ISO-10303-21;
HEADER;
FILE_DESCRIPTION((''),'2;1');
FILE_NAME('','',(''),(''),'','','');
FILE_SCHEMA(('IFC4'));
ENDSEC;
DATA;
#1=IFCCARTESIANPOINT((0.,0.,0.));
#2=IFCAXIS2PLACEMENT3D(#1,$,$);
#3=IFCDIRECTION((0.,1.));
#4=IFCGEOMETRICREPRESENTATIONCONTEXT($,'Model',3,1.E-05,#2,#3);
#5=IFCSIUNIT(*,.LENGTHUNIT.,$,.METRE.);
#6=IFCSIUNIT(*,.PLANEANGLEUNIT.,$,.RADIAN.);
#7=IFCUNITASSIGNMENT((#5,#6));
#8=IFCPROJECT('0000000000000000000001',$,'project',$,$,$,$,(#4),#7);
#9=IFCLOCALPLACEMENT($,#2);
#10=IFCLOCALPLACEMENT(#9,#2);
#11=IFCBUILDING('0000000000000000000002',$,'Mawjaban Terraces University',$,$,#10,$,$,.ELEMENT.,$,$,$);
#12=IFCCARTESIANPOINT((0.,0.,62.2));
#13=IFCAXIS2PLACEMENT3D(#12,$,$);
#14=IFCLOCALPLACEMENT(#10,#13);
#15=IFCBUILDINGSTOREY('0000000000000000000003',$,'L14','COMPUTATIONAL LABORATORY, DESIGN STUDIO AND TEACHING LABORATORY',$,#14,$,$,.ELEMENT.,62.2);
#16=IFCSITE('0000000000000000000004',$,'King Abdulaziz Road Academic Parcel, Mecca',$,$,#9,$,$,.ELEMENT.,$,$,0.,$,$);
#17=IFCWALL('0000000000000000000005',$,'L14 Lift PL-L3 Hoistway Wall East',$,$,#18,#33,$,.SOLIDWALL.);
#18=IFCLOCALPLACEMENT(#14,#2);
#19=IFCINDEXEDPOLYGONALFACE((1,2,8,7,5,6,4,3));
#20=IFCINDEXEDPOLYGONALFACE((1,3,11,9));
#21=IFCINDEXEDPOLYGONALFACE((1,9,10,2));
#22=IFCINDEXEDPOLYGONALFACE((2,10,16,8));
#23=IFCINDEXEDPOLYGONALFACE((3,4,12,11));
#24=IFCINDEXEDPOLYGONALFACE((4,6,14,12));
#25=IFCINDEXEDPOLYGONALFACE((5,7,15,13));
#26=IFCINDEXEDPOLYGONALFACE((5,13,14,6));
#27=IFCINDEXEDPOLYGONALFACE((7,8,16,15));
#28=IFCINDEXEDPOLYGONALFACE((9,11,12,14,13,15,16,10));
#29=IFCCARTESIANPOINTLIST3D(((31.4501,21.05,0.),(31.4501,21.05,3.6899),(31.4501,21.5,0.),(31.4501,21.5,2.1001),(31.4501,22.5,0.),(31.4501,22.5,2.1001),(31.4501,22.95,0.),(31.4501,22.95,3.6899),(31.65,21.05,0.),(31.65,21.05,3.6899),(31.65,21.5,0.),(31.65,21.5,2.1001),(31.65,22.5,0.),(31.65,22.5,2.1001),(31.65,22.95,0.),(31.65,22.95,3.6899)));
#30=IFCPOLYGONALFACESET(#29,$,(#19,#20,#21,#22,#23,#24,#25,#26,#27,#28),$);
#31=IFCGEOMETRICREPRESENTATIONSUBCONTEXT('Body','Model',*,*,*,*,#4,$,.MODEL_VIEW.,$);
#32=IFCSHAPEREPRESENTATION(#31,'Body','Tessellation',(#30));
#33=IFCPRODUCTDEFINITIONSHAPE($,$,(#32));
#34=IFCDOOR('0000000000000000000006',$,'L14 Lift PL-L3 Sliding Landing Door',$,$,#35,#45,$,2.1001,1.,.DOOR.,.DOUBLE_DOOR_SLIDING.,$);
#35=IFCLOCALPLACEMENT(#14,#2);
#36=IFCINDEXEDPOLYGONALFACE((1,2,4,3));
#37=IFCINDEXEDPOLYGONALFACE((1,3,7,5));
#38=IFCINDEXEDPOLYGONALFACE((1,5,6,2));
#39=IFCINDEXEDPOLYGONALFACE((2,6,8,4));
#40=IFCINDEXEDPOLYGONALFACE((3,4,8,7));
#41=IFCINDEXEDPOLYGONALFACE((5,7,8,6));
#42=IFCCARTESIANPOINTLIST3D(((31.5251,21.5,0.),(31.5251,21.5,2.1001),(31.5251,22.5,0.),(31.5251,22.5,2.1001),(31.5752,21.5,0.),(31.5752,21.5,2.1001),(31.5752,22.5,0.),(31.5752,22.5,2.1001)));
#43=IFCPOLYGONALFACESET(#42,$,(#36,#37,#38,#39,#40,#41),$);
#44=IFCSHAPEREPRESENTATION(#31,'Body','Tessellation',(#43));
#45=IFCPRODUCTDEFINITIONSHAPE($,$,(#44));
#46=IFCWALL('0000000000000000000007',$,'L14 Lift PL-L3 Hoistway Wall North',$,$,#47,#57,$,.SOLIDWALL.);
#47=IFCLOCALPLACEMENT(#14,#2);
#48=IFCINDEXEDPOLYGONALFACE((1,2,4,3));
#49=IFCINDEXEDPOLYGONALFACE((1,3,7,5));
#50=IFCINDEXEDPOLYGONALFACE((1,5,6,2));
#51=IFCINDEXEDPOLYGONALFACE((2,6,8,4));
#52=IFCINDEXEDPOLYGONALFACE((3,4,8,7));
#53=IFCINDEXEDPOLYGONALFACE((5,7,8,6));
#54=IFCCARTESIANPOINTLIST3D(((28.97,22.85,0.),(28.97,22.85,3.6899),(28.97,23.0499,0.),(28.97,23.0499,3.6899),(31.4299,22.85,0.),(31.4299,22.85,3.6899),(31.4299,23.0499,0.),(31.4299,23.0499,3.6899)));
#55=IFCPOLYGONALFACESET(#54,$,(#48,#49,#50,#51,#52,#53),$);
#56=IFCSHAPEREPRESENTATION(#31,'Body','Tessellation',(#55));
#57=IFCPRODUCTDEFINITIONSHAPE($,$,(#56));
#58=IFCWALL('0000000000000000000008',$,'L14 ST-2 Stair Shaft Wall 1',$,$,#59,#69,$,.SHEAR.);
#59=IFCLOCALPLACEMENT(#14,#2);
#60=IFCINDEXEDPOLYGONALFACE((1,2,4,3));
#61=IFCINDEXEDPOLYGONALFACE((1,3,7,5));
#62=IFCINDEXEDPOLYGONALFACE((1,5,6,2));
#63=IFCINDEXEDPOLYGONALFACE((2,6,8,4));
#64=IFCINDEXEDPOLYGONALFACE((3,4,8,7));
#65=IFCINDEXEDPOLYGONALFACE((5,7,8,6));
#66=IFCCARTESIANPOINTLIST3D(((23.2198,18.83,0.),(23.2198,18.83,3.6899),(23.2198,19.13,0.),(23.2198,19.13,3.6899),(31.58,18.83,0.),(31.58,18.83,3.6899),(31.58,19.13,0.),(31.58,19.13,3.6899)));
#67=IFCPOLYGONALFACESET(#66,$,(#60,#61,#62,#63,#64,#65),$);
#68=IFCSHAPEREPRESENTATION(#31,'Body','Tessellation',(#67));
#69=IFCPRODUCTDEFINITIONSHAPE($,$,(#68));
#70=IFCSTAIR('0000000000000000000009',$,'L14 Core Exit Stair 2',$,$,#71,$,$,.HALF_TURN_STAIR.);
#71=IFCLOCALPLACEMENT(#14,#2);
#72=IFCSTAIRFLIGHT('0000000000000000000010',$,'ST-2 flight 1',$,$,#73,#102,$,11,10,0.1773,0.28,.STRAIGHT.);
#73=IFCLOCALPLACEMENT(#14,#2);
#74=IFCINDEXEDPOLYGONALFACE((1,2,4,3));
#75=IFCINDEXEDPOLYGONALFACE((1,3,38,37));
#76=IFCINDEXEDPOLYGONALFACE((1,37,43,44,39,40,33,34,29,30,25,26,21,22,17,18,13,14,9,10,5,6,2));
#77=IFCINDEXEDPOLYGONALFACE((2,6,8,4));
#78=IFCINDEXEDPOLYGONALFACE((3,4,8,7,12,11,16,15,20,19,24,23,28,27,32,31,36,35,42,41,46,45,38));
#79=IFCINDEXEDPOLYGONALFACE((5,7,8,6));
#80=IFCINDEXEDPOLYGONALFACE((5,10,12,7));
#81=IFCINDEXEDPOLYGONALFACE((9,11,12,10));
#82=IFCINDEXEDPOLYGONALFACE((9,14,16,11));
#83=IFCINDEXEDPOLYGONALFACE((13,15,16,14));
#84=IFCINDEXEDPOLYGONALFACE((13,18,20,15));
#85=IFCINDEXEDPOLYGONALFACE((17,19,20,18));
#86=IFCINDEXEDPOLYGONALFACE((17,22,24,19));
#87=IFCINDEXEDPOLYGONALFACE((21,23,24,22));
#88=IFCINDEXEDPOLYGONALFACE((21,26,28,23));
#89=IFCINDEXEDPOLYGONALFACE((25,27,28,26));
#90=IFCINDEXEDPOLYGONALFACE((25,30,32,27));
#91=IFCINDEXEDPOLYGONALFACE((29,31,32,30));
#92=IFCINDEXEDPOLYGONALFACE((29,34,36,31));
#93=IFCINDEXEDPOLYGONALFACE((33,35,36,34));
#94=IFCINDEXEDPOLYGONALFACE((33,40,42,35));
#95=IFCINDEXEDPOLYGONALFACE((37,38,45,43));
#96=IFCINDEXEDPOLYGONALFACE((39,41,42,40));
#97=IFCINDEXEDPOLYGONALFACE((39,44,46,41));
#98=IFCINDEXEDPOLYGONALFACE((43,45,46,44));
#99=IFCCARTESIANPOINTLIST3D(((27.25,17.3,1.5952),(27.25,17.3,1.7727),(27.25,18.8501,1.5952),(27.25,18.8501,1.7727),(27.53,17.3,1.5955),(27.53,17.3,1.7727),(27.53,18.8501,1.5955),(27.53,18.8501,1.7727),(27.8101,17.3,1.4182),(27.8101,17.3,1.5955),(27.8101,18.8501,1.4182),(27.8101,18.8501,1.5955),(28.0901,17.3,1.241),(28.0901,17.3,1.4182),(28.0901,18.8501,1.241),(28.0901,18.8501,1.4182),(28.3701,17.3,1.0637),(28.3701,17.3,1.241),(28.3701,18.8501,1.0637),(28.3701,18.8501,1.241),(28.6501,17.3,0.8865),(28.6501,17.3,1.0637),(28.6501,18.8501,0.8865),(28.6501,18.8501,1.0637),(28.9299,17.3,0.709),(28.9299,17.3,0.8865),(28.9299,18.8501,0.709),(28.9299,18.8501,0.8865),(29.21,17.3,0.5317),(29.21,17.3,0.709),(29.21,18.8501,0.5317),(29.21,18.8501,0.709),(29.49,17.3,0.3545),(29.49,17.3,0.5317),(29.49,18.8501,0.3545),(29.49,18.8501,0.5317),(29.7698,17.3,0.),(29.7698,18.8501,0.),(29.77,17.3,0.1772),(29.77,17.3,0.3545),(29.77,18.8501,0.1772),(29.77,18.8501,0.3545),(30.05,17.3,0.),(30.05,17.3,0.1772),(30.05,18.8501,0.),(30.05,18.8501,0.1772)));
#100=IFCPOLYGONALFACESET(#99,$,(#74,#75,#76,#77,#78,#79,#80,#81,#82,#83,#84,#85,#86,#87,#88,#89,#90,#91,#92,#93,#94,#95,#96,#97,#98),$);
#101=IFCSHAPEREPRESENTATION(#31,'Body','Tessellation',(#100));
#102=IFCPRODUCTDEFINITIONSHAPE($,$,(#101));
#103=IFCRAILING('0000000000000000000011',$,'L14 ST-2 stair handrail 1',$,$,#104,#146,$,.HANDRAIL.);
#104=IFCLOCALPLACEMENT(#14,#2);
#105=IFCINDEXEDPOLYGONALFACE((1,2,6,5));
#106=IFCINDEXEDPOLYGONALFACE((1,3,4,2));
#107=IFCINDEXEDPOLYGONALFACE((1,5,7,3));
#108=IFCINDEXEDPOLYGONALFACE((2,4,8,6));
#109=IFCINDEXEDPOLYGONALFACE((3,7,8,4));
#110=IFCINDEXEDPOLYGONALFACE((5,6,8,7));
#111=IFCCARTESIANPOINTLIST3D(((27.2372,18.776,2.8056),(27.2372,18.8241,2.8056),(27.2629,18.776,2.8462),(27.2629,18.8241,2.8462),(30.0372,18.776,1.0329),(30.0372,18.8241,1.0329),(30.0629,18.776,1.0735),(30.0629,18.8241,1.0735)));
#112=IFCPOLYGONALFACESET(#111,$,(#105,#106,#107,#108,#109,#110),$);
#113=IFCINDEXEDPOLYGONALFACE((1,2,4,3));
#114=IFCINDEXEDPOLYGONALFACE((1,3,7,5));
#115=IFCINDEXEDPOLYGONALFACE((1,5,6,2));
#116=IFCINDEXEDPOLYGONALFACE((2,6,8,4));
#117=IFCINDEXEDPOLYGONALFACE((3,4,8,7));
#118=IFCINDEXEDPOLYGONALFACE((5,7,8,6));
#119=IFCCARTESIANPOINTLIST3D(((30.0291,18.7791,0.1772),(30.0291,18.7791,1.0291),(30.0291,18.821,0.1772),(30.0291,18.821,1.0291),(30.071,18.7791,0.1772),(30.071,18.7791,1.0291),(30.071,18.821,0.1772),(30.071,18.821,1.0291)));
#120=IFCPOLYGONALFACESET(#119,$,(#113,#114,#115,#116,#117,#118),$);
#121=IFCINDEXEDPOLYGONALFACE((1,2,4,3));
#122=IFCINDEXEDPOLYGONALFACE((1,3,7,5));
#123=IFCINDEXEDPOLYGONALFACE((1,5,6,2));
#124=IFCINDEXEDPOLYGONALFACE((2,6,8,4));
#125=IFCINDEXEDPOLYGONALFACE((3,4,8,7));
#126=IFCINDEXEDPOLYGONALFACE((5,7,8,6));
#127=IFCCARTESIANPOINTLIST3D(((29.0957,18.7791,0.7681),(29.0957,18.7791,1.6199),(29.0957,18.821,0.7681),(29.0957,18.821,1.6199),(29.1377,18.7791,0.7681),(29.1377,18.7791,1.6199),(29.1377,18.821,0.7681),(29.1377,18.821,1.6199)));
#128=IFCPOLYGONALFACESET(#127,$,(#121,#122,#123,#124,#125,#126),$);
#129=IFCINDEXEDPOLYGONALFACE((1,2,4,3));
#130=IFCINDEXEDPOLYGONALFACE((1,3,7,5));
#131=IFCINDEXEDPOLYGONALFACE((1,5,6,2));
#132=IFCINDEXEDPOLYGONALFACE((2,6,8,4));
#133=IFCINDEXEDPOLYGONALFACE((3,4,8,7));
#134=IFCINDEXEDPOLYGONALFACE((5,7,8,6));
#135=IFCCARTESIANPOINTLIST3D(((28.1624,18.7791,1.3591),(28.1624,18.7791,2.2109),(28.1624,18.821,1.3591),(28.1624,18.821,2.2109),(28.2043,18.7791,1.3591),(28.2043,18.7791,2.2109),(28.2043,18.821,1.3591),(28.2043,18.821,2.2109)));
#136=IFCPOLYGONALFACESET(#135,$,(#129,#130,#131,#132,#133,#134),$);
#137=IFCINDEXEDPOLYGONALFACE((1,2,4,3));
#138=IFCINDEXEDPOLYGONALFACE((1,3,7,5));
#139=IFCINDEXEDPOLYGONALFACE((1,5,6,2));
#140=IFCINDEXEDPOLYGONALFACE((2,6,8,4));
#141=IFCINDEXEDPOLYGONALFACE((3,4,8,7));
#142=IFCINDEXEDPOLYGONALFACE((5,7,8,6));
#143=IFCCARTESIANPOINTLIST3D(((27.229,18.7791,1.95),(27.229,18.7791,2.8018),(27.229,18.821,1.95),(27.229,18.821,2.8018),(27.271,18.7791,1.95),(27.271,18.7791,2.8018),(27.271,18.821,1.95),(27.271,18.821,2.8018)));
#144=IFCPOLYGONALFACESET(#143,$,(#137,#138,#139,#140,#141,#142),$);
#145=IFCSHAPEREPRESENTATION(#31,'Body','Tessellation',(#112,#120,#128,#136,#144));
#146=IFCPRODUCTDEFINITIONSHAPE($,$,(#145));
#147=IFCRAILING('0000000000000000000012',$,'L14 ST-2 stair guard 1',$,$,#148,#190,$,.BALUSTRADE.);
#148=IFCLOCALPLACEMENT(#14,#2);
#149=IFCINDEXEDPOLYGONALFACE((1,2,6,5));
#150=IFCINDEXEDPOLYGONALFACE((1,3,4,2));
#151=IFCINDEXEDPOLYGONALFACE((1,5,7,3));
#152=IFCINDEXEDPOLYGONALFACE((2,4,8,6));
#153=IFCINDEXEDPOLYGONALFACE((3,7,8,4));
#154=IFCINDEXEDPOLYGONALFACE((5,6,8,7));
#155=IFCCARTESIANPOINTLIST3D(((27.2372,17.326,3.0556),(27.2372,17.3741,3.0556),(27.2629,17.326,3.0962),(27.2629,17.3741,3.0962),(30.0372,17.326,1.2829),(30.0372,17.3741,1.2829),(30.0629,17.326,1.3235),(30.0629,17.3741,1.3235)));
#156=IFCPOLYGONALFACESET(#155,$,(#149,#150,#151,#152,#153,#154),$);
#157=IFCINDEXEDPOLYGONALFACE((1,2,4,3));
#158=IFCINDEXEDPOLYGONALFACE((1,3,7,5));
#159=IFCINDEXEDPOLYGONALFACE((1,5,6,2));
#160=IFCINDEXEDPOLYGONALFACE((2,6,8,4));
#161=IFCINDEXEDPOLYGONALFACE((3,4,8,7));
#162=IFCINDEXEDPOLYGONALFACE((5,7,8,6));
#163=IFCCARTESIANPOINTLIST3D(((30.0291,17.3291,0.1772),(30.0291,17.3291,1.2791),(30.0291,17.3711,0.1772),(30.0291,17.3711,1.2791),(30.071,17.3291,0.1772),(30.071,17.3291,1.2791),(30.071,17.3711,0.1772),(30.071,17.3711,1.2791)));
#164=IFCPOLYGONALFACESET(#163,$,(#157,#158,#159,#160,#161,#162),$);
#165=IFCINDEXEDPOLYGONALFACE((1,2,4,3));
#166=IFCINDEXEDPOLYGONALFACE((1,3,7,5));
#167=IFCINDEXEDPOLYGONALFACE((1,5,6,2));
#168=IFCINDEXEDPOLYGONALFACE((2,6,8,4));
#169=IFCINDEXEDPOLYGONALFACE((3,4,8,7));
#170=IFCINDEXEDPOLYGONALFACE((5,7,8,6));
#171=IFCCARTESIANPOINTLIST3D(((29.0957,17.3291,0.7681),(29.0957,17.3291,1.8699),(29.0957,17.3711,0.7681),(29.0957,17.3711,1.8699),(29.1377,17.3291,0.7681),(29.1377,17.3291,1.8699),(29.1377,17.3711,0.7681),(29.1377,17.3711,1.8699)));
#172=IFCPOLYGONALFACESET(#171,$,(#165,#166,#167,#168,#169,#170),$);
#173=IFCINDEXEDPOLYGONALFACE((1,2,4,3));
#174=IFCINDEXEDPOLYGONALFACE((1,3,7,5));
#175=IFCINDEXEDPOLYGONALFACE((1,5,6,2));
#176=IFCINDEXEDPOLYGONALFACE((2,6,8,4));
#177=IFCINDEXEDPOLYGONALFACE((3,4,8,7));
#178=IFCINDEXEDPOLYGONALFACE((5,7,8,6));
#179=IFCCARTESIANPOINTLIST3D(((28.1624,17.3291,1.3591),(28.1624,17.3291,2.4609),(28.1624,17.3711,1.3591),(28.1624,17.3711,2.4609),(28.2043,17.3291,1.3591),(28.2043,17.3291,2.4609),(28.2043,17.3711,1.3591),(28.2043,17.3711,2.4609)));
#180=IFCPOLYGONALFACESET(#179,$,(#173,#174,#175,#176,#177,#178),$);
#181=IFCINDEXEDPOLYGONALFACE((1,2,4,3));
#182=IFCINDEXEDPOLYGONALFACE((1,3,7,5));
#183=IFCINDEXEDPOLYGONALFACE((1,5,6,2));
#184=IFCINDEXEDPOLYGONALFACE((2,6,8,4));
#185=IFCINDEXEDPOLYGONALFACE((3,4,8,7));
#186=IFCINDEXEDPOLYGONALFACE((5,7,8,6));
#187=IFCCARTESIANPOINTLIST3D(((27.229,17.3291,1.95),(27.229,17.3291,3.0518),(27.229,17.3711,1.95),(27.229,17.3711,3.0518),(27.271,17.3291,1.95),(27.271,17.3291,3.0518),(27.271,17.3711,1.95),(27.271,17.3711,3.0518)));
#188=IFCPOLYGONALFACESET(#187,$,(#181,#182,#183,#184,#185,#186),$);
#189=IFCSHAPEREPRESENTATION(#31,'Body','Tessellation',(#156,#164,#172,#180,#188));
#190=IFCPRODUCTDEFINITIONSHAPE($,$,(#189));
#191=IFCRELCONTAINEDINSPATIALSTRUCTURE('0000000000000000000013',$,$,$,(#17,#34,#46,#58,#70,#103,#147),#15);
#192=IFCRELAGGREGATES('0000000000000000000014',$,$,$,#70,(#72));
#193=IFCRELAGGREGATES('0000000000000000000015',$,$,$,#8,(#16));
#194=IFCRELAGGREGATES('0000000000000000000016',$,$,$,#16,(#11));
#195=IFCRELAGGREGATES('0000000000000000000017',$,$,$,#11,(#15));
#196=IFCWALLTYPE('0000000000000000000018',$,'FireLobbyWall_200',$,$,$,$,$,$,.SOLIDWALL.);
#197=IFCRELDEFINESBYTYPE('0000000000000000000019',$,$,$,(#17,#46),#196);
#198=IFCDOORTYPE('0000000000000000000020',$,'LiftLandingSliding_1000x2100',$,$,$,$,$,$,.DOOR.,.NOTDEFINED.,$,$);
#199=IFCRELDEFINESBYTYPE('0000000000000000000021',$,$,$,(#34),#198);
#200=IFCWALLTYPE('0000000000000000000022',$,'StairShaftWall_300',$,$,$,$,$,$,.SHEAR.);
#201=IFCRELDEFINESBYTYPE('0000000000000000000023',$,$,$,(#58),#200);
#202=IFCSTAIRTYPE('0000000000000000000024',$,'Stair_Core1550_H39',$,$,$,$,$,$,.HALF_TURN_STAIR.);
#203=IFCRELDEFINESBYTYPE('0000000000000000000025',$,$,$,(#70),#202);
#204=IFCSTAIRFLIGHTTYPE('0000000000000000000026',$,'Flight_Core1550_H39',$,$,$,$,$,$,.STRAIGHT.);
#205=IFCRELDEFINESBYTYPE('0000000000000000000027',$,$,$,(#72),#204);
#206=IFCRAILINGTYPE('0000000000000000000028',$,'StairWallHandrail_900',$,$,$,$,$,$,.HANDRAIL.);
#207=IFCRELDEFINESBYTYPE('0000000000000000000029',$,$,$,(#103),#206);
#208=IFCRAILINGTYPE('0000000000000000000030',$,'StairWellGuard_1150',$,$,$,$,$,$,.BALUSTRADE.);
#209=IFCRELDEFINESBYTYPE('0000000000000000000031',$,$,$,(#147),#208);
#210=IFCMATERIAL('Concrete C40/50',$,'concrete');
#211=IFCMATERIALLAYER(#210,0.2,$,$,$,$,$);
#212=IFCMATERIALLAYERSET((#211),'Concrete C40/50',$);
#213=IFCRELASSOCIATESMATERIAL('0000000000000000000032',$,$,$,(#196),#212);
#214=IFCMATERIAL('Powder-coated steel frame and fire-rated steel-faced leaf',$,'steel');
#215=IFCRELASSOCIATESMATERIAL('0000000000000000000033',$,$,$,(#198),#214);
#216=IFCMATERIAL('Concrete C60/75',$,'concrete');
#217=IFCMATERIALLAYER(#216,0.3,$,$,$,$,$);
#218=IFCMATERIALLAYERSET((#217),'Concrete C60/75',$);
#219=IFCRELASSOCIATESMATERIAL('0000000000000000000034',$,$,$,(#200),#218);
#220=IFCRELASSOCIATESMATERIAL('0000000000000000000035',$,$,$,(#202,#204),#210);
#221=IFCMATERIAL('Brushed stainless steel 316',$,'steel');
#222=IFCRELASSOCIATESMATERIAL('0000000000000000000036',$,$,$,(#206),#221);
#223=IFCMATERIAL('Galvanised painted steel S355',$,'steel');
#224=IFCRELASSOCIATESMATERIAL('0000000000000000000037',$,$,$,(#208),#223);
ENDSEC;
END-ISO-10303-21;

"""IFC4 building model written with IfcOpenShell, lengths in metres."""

from ifc_helpers import new_model, si_unit, direction, frame, frame_2d, origin, origin_2d, place, context, subcontext, project, spatial, polyline, rectangle, outline, extrude, material, layer, layer_set, type_object, element, fill, aggregate, save


model = new_model("IFC4")

# Units and contexts
model_context = context("Model", 3, precision=1e-05, world=origin(), true_north=direction((0.0, 1.0)))
body_context = subcontext(model_context, "Body", "Model", "MODEL_VIEW")
ifc_project = project(units=[si_unit("LENGTHUNIT", "METRE"), si_unit("PLANEANGLEUNIT", "RADIAN")], contexts=[model_context])

# Site, building, storey
site_placement = place(None, origin())
site = spatial("IfcSite", under=ifc_project, at=site_placement, Name="King Abdulaziz Road Academic Parcel, Mecca", CompositionType="ELEMENT", RefElevation=0.0)
building_placement = place(site_placement, origin())
building = spatial("IfcBuilding", under=site, at=building_placement, Name="Mawjaban Terraces University", CompositionType="ELEMENT")
storey_placement = place(building_placement, frame((0.0, 0.0, 62.2)))
storey = spatial("IfcBuildingStorey", under=building, at=storey_placement, Name="L14", Description="COMPUTATIONAL LABORATORY, DESIGN STUDIO AND TEACHING LABORATORY", CompositionType="ELEMENT", Elevation=62.2)

# Shared definitions
ifc_material_1 = material(Name="Concrete C40/50", Category="concrete")
ifc_layer_1 = layer(ifc_material_1, 0.2)
ifc_layer_set_1 = layer_set([ifc_layer_1], Name="Concrete C40/50")
wall_type_1 = type_object("IfcWallType", Name="FireLobbyWall_200", PredefinedType="SOLIDWALL", material=ifc_layer_set_1)

# Wall, opening, door
ifc_material_2 = material(Name="Powder-coated steel frame and fire-rated steel-faced leaf", Category="steel")
door_type_1 = type_object("IfcDoorType", Name="LiftLandingSliding_1000x2100", OperationType="NOTDEFINED", PredefinedType="DOOR", material=ifc_material_2)
wall_1_placement = place(storey_placement, frame((31.55, 21.05, 0.0), z_axis=(0.0, 0.0, 1.0), x_axis=(0.0, 1.0, 0.0)))
wall_1 = element("IfcWall", 1, at=wall_1_placement, inside=storey, type_object=wall_type_1, Name="L14 Lift PL-L3 Hoistway Wall East", PredefinedType="SOLIDWALL", context=body_context, shape_type="SweptSolid", body=[
    extrude(rectangle(XDim=1.8999, YDim=0.2, at=frame_2d((0.95, 0.0))), origin(), (0.0, 0.0, 1.0), 3.6899),
])
opening_1_placement = place(wall_1_placement, frame((0.45, 0.0, 0.0)))
opening_1 = element("IfcOpeningElement", 2, at=opening_1_placement, cuts=wall_1, PredefinedType="OPENING", context=body_context, shape_type="SweptSolid", body=[
    extrude(rectangle(XDim=1.0, YDim=2.1001, at=frame_2d((0.5, 1.05))), frame((0.0, 0.1099, 0.0), z_axis=(0.0, -1.0, 0.0), x_axis=(1.0, 0.0, 0.0)), (0.0, 0.0, 1.0), 0.22),
])
door_1_placement = place(opening_1_placement, origin())
door_1 = element("IfcDoor", 3, at=door_1_placement, inside=storey, type_object=door_type_1, Name="L14 Lift PL-L3 Sliding Landing Door", OperationType="DOUBLE_DOOR_SLIDING", OverallHeight=2.1001, OverallWidth=1.0, PredefinedType="DOOR", context=body_context, shape_type="SweptSolid", body=[
    extrude(rectangle(XDim=1.0, YDim=2.1001, at=frame_2d((0.5, 1.05))), frame((0.0, 0.0249, 0.0), z_axis=(0.0, -1.0, 0.0), x_axis=(1.0, 0.0, 0.0)), (0.0, 0.0, 1.0), 0.05),
])
fill(opening_1, door_1)

# Walls
wall_2_placement = place(storey_placement, frame((31.4299, 22.95, 0.0), z_axis=(0.0, 0.0, 1.0), x_axis=(-1.0, 0.0, 0.0)))
element("IfcWall", 4, at=wall_2_placement, inside=storey, type_object=wall_type_1, Name="L14 Lift PL-L3 Hoistway Wall North", PredefinedType="SOLIDWALL", context=body_context, shape_type="SweptSolid", body=[
    extrude(rectangle(XDim=2.46, YDim=0.2, at=frame_2d((1.23, 0.0))), origin(), (0.0, 0.0, 1.0), 3.6899),
])
ifc_material_3 = material(Name="Concrete C60/75", Category="concrete")
ifc_layer_2 = layer(ifc_material_3, 0.3)
ifc_layer_set_2 = layer_set([ifc_layer_2], Name="Concrete C60/75")
wall_type_2 = type_object("IfcWallType", Name="StairShaftWall_300", PredefinedType="SHEAR", material=ifc_layer_set_2)
wall_3_placement = place(storey_placement, frame((31.5801, 18.98, 0.0), z_axis=(0.0, 0.0, 1.0), x_axis=(-1.0, 0.0, 0.0)))
element("IfcWall", 5, at=wall_3_placement, inside=storey, type_object=wall_type_2, Name="L14 ST-2 Stair Shaft Wall 1", PredefinedType="SHEAR", context=body_context, shape_type="SweptSolid", body=[
    extrude(rectangle(XDim=8.3601, YDim=0.3, at=frame_2d((4.1802, 0.0))), origin(), (0.0, 0.0, 1.0), 3.6899),
])

# Stair, stair flight
stair_type = type_object("IfcStairType", Name="Stair_Core1550_H39", PredefinedType="HALF_TURN_STAIR", material=ifc_material_1)
stair_placement = place(storey_placement, origin())
stair = element("IfcStair", 6, at=stair_placement, inside=storey, type_object=stair_type, Name="L14 Core Exit Stair 2", PredefinedType="HALF_TURN_STAIR")
stair_flight_type = type_object("IfcStairFlightType", Name="Flight_Core1550_H39", PredefinedType="STRAIGHT", material=ifc_material_1)
stair_flight_placement = place(storey_placement, frame((30.05, 18.075, 0.0), z_axis=(0.0, 0.0, 1.0), x_axis=(-1.0, 0.0, 0.0)))
stair_flight = element("IfcStairFlight", 7, at=stair_flight_placement, type_object=stair_flight_type, Name="ST-2 flight 1", NumberOfRisers=11, NumberOfTreads=10, PredefinedType="STRAIGHT", RiserHeight=0.1773, TreadLength=0.28, context=body_context, shape_type="SweptSolid", body=[
    extrude(outline(polyline([(0.0, 0.0), (0.0, 0.1772), (0.28, 0.1772), (0.28, 0.3545), (0.5601, 0.3545), (0.5601, 0.5317), (0.8401, 0.5317), (0.8401, 0.709), (1.1201, 0.709), (1.1201, 0.8865), (1.3999, 0.8865), (1.3999, 1.0637), (1.6799, 1.0637), (1.6799, 1.241), (1.96, 1.241), (1.96, 1.4182), (2.24, 1.4182), (2.24, 1.5955), (2.52, 1.5955), (2.52, 1.7727), (2.8, 1.7727), (2.8, 1.95), (2.8, 1.5952), (0.2803, 0.0), (0.0, 0.0)])), frame((0.0, 0.7749, 0.0), z_axis=(0.0, -1.0, 0.0), x_axis=(1.0, 0.0, 0.0)), (0.0, 0.0, 1.0), 1.55),
])
aggregate(stair, [stair_flight])

# Railings
ifc_material_4 = material(Name="Brushed stainless steel 316", Category="steel")
railing_type_1 = type_object("IfcRailingType", Name="StairWallHandrail_900", PredefinedType="HANDRAIL", material=ifc_material_4)
railing_1_placement = place(storey_placement, frame((30.05, 18.8, 0.1772)))
element("IfcRailing", 8, at=railing_1_placement, inside=storey, type_object=railing_type_1, Name="L14 ST-2 stair handrail 1", PredefinedType="HANDRAIL", context=body_context, shape_type="SweptSolid", body=[
    extrude(rectangle(XDim=0.0481, YDim=0.0481, at=origin_2d()), frame((0.0, 0.0, 0.876), z_axis=(-0.844909, 0.0, 0.53491), x_axis=(0.0, -1.0, 0.0)), (0.0, 0.0, 1.0), 3.314),
    extrude(rectangle(XDim=0.042, YDim=0.042, at=origin_2d()), origin(), (0.0, 0.0, 1.0), 0.8518),
    extrude(rectangle(XDim=0.042, YDim=0.042, at=origin_2d()), frame((-0.9333, 0.0, 0.5908)), (0.0, 0.0, 1.0), 0.8518),
    extrude(rectangle(XDim=0.042, YDim=0.042, at=origin_2d()), frame((-1.8667, 0.0, 1.1819)), (0.0, 0.0, 1.0), 0.8518),
    extrude(rectangle(XDim=0.042, YDim=0.042, at=origin_2d()), frame((-2.8, 0.0, 1.7727)), (0.0, 0.0, 1.0), 0.8518),
])
ifc_material_5 = material(Name="Galvanised painted steel S355", Category="steel")
railing_type_2 = type_object("IfcRailingType", Name="StairWellGuard_1150", PredefinedType="BALUSTRADE", material=ifc_material_5)
railing_2_placement = place(storey_placement, frame((30.05, 17.3501, 0.1772)))
element("IfcRailing", 9, at=railing_2_placement, inside=storey, type_object=railing_type_2, Name="L14 ST-2 stair guard 1", PredefinedType="BALUSTRADE", context=body_context, shape_type="SweptSolid", body=[
    extrude(rectangle(XDim=0.0481, YDim=0.0481, at=origin_2d()), frame((0.0, 0.0, 1.126), z_axis=(-0.844909, 0.0, 0.53491), x_axis=(0.0, -1.0, 0.0)), (0.0, 0.0, 1.0), 3.314),
    extrude(rectangle(XDim=0.042, YDim=0.042, at=origin_2d()), origin(), (0.0, 0.0, 1.0), 1.1018),
    extrude(rectangle(XDim=0.042, YDim=0.042, at=origin_2d()), frame((-0.9333, 0.0, 0.5908)), (0.0, 0.0, 1.0), 1.1018),
    extrude(rectangle(XDim=0.042, YDim=0.042, at=origin_2d()), frame((-1.8667, 0.0, 1.1819)), (0.0, 0.0, 1.0), 1.1018),
    extrude(rectangle(XDim=0.042, YDim=0.042, at=origin_2d()), frame((-2.8, 0.0, 1.7727)), (0.0, 0.0, 1.0), 1.1018),
])

save(model, "model.ifc")
